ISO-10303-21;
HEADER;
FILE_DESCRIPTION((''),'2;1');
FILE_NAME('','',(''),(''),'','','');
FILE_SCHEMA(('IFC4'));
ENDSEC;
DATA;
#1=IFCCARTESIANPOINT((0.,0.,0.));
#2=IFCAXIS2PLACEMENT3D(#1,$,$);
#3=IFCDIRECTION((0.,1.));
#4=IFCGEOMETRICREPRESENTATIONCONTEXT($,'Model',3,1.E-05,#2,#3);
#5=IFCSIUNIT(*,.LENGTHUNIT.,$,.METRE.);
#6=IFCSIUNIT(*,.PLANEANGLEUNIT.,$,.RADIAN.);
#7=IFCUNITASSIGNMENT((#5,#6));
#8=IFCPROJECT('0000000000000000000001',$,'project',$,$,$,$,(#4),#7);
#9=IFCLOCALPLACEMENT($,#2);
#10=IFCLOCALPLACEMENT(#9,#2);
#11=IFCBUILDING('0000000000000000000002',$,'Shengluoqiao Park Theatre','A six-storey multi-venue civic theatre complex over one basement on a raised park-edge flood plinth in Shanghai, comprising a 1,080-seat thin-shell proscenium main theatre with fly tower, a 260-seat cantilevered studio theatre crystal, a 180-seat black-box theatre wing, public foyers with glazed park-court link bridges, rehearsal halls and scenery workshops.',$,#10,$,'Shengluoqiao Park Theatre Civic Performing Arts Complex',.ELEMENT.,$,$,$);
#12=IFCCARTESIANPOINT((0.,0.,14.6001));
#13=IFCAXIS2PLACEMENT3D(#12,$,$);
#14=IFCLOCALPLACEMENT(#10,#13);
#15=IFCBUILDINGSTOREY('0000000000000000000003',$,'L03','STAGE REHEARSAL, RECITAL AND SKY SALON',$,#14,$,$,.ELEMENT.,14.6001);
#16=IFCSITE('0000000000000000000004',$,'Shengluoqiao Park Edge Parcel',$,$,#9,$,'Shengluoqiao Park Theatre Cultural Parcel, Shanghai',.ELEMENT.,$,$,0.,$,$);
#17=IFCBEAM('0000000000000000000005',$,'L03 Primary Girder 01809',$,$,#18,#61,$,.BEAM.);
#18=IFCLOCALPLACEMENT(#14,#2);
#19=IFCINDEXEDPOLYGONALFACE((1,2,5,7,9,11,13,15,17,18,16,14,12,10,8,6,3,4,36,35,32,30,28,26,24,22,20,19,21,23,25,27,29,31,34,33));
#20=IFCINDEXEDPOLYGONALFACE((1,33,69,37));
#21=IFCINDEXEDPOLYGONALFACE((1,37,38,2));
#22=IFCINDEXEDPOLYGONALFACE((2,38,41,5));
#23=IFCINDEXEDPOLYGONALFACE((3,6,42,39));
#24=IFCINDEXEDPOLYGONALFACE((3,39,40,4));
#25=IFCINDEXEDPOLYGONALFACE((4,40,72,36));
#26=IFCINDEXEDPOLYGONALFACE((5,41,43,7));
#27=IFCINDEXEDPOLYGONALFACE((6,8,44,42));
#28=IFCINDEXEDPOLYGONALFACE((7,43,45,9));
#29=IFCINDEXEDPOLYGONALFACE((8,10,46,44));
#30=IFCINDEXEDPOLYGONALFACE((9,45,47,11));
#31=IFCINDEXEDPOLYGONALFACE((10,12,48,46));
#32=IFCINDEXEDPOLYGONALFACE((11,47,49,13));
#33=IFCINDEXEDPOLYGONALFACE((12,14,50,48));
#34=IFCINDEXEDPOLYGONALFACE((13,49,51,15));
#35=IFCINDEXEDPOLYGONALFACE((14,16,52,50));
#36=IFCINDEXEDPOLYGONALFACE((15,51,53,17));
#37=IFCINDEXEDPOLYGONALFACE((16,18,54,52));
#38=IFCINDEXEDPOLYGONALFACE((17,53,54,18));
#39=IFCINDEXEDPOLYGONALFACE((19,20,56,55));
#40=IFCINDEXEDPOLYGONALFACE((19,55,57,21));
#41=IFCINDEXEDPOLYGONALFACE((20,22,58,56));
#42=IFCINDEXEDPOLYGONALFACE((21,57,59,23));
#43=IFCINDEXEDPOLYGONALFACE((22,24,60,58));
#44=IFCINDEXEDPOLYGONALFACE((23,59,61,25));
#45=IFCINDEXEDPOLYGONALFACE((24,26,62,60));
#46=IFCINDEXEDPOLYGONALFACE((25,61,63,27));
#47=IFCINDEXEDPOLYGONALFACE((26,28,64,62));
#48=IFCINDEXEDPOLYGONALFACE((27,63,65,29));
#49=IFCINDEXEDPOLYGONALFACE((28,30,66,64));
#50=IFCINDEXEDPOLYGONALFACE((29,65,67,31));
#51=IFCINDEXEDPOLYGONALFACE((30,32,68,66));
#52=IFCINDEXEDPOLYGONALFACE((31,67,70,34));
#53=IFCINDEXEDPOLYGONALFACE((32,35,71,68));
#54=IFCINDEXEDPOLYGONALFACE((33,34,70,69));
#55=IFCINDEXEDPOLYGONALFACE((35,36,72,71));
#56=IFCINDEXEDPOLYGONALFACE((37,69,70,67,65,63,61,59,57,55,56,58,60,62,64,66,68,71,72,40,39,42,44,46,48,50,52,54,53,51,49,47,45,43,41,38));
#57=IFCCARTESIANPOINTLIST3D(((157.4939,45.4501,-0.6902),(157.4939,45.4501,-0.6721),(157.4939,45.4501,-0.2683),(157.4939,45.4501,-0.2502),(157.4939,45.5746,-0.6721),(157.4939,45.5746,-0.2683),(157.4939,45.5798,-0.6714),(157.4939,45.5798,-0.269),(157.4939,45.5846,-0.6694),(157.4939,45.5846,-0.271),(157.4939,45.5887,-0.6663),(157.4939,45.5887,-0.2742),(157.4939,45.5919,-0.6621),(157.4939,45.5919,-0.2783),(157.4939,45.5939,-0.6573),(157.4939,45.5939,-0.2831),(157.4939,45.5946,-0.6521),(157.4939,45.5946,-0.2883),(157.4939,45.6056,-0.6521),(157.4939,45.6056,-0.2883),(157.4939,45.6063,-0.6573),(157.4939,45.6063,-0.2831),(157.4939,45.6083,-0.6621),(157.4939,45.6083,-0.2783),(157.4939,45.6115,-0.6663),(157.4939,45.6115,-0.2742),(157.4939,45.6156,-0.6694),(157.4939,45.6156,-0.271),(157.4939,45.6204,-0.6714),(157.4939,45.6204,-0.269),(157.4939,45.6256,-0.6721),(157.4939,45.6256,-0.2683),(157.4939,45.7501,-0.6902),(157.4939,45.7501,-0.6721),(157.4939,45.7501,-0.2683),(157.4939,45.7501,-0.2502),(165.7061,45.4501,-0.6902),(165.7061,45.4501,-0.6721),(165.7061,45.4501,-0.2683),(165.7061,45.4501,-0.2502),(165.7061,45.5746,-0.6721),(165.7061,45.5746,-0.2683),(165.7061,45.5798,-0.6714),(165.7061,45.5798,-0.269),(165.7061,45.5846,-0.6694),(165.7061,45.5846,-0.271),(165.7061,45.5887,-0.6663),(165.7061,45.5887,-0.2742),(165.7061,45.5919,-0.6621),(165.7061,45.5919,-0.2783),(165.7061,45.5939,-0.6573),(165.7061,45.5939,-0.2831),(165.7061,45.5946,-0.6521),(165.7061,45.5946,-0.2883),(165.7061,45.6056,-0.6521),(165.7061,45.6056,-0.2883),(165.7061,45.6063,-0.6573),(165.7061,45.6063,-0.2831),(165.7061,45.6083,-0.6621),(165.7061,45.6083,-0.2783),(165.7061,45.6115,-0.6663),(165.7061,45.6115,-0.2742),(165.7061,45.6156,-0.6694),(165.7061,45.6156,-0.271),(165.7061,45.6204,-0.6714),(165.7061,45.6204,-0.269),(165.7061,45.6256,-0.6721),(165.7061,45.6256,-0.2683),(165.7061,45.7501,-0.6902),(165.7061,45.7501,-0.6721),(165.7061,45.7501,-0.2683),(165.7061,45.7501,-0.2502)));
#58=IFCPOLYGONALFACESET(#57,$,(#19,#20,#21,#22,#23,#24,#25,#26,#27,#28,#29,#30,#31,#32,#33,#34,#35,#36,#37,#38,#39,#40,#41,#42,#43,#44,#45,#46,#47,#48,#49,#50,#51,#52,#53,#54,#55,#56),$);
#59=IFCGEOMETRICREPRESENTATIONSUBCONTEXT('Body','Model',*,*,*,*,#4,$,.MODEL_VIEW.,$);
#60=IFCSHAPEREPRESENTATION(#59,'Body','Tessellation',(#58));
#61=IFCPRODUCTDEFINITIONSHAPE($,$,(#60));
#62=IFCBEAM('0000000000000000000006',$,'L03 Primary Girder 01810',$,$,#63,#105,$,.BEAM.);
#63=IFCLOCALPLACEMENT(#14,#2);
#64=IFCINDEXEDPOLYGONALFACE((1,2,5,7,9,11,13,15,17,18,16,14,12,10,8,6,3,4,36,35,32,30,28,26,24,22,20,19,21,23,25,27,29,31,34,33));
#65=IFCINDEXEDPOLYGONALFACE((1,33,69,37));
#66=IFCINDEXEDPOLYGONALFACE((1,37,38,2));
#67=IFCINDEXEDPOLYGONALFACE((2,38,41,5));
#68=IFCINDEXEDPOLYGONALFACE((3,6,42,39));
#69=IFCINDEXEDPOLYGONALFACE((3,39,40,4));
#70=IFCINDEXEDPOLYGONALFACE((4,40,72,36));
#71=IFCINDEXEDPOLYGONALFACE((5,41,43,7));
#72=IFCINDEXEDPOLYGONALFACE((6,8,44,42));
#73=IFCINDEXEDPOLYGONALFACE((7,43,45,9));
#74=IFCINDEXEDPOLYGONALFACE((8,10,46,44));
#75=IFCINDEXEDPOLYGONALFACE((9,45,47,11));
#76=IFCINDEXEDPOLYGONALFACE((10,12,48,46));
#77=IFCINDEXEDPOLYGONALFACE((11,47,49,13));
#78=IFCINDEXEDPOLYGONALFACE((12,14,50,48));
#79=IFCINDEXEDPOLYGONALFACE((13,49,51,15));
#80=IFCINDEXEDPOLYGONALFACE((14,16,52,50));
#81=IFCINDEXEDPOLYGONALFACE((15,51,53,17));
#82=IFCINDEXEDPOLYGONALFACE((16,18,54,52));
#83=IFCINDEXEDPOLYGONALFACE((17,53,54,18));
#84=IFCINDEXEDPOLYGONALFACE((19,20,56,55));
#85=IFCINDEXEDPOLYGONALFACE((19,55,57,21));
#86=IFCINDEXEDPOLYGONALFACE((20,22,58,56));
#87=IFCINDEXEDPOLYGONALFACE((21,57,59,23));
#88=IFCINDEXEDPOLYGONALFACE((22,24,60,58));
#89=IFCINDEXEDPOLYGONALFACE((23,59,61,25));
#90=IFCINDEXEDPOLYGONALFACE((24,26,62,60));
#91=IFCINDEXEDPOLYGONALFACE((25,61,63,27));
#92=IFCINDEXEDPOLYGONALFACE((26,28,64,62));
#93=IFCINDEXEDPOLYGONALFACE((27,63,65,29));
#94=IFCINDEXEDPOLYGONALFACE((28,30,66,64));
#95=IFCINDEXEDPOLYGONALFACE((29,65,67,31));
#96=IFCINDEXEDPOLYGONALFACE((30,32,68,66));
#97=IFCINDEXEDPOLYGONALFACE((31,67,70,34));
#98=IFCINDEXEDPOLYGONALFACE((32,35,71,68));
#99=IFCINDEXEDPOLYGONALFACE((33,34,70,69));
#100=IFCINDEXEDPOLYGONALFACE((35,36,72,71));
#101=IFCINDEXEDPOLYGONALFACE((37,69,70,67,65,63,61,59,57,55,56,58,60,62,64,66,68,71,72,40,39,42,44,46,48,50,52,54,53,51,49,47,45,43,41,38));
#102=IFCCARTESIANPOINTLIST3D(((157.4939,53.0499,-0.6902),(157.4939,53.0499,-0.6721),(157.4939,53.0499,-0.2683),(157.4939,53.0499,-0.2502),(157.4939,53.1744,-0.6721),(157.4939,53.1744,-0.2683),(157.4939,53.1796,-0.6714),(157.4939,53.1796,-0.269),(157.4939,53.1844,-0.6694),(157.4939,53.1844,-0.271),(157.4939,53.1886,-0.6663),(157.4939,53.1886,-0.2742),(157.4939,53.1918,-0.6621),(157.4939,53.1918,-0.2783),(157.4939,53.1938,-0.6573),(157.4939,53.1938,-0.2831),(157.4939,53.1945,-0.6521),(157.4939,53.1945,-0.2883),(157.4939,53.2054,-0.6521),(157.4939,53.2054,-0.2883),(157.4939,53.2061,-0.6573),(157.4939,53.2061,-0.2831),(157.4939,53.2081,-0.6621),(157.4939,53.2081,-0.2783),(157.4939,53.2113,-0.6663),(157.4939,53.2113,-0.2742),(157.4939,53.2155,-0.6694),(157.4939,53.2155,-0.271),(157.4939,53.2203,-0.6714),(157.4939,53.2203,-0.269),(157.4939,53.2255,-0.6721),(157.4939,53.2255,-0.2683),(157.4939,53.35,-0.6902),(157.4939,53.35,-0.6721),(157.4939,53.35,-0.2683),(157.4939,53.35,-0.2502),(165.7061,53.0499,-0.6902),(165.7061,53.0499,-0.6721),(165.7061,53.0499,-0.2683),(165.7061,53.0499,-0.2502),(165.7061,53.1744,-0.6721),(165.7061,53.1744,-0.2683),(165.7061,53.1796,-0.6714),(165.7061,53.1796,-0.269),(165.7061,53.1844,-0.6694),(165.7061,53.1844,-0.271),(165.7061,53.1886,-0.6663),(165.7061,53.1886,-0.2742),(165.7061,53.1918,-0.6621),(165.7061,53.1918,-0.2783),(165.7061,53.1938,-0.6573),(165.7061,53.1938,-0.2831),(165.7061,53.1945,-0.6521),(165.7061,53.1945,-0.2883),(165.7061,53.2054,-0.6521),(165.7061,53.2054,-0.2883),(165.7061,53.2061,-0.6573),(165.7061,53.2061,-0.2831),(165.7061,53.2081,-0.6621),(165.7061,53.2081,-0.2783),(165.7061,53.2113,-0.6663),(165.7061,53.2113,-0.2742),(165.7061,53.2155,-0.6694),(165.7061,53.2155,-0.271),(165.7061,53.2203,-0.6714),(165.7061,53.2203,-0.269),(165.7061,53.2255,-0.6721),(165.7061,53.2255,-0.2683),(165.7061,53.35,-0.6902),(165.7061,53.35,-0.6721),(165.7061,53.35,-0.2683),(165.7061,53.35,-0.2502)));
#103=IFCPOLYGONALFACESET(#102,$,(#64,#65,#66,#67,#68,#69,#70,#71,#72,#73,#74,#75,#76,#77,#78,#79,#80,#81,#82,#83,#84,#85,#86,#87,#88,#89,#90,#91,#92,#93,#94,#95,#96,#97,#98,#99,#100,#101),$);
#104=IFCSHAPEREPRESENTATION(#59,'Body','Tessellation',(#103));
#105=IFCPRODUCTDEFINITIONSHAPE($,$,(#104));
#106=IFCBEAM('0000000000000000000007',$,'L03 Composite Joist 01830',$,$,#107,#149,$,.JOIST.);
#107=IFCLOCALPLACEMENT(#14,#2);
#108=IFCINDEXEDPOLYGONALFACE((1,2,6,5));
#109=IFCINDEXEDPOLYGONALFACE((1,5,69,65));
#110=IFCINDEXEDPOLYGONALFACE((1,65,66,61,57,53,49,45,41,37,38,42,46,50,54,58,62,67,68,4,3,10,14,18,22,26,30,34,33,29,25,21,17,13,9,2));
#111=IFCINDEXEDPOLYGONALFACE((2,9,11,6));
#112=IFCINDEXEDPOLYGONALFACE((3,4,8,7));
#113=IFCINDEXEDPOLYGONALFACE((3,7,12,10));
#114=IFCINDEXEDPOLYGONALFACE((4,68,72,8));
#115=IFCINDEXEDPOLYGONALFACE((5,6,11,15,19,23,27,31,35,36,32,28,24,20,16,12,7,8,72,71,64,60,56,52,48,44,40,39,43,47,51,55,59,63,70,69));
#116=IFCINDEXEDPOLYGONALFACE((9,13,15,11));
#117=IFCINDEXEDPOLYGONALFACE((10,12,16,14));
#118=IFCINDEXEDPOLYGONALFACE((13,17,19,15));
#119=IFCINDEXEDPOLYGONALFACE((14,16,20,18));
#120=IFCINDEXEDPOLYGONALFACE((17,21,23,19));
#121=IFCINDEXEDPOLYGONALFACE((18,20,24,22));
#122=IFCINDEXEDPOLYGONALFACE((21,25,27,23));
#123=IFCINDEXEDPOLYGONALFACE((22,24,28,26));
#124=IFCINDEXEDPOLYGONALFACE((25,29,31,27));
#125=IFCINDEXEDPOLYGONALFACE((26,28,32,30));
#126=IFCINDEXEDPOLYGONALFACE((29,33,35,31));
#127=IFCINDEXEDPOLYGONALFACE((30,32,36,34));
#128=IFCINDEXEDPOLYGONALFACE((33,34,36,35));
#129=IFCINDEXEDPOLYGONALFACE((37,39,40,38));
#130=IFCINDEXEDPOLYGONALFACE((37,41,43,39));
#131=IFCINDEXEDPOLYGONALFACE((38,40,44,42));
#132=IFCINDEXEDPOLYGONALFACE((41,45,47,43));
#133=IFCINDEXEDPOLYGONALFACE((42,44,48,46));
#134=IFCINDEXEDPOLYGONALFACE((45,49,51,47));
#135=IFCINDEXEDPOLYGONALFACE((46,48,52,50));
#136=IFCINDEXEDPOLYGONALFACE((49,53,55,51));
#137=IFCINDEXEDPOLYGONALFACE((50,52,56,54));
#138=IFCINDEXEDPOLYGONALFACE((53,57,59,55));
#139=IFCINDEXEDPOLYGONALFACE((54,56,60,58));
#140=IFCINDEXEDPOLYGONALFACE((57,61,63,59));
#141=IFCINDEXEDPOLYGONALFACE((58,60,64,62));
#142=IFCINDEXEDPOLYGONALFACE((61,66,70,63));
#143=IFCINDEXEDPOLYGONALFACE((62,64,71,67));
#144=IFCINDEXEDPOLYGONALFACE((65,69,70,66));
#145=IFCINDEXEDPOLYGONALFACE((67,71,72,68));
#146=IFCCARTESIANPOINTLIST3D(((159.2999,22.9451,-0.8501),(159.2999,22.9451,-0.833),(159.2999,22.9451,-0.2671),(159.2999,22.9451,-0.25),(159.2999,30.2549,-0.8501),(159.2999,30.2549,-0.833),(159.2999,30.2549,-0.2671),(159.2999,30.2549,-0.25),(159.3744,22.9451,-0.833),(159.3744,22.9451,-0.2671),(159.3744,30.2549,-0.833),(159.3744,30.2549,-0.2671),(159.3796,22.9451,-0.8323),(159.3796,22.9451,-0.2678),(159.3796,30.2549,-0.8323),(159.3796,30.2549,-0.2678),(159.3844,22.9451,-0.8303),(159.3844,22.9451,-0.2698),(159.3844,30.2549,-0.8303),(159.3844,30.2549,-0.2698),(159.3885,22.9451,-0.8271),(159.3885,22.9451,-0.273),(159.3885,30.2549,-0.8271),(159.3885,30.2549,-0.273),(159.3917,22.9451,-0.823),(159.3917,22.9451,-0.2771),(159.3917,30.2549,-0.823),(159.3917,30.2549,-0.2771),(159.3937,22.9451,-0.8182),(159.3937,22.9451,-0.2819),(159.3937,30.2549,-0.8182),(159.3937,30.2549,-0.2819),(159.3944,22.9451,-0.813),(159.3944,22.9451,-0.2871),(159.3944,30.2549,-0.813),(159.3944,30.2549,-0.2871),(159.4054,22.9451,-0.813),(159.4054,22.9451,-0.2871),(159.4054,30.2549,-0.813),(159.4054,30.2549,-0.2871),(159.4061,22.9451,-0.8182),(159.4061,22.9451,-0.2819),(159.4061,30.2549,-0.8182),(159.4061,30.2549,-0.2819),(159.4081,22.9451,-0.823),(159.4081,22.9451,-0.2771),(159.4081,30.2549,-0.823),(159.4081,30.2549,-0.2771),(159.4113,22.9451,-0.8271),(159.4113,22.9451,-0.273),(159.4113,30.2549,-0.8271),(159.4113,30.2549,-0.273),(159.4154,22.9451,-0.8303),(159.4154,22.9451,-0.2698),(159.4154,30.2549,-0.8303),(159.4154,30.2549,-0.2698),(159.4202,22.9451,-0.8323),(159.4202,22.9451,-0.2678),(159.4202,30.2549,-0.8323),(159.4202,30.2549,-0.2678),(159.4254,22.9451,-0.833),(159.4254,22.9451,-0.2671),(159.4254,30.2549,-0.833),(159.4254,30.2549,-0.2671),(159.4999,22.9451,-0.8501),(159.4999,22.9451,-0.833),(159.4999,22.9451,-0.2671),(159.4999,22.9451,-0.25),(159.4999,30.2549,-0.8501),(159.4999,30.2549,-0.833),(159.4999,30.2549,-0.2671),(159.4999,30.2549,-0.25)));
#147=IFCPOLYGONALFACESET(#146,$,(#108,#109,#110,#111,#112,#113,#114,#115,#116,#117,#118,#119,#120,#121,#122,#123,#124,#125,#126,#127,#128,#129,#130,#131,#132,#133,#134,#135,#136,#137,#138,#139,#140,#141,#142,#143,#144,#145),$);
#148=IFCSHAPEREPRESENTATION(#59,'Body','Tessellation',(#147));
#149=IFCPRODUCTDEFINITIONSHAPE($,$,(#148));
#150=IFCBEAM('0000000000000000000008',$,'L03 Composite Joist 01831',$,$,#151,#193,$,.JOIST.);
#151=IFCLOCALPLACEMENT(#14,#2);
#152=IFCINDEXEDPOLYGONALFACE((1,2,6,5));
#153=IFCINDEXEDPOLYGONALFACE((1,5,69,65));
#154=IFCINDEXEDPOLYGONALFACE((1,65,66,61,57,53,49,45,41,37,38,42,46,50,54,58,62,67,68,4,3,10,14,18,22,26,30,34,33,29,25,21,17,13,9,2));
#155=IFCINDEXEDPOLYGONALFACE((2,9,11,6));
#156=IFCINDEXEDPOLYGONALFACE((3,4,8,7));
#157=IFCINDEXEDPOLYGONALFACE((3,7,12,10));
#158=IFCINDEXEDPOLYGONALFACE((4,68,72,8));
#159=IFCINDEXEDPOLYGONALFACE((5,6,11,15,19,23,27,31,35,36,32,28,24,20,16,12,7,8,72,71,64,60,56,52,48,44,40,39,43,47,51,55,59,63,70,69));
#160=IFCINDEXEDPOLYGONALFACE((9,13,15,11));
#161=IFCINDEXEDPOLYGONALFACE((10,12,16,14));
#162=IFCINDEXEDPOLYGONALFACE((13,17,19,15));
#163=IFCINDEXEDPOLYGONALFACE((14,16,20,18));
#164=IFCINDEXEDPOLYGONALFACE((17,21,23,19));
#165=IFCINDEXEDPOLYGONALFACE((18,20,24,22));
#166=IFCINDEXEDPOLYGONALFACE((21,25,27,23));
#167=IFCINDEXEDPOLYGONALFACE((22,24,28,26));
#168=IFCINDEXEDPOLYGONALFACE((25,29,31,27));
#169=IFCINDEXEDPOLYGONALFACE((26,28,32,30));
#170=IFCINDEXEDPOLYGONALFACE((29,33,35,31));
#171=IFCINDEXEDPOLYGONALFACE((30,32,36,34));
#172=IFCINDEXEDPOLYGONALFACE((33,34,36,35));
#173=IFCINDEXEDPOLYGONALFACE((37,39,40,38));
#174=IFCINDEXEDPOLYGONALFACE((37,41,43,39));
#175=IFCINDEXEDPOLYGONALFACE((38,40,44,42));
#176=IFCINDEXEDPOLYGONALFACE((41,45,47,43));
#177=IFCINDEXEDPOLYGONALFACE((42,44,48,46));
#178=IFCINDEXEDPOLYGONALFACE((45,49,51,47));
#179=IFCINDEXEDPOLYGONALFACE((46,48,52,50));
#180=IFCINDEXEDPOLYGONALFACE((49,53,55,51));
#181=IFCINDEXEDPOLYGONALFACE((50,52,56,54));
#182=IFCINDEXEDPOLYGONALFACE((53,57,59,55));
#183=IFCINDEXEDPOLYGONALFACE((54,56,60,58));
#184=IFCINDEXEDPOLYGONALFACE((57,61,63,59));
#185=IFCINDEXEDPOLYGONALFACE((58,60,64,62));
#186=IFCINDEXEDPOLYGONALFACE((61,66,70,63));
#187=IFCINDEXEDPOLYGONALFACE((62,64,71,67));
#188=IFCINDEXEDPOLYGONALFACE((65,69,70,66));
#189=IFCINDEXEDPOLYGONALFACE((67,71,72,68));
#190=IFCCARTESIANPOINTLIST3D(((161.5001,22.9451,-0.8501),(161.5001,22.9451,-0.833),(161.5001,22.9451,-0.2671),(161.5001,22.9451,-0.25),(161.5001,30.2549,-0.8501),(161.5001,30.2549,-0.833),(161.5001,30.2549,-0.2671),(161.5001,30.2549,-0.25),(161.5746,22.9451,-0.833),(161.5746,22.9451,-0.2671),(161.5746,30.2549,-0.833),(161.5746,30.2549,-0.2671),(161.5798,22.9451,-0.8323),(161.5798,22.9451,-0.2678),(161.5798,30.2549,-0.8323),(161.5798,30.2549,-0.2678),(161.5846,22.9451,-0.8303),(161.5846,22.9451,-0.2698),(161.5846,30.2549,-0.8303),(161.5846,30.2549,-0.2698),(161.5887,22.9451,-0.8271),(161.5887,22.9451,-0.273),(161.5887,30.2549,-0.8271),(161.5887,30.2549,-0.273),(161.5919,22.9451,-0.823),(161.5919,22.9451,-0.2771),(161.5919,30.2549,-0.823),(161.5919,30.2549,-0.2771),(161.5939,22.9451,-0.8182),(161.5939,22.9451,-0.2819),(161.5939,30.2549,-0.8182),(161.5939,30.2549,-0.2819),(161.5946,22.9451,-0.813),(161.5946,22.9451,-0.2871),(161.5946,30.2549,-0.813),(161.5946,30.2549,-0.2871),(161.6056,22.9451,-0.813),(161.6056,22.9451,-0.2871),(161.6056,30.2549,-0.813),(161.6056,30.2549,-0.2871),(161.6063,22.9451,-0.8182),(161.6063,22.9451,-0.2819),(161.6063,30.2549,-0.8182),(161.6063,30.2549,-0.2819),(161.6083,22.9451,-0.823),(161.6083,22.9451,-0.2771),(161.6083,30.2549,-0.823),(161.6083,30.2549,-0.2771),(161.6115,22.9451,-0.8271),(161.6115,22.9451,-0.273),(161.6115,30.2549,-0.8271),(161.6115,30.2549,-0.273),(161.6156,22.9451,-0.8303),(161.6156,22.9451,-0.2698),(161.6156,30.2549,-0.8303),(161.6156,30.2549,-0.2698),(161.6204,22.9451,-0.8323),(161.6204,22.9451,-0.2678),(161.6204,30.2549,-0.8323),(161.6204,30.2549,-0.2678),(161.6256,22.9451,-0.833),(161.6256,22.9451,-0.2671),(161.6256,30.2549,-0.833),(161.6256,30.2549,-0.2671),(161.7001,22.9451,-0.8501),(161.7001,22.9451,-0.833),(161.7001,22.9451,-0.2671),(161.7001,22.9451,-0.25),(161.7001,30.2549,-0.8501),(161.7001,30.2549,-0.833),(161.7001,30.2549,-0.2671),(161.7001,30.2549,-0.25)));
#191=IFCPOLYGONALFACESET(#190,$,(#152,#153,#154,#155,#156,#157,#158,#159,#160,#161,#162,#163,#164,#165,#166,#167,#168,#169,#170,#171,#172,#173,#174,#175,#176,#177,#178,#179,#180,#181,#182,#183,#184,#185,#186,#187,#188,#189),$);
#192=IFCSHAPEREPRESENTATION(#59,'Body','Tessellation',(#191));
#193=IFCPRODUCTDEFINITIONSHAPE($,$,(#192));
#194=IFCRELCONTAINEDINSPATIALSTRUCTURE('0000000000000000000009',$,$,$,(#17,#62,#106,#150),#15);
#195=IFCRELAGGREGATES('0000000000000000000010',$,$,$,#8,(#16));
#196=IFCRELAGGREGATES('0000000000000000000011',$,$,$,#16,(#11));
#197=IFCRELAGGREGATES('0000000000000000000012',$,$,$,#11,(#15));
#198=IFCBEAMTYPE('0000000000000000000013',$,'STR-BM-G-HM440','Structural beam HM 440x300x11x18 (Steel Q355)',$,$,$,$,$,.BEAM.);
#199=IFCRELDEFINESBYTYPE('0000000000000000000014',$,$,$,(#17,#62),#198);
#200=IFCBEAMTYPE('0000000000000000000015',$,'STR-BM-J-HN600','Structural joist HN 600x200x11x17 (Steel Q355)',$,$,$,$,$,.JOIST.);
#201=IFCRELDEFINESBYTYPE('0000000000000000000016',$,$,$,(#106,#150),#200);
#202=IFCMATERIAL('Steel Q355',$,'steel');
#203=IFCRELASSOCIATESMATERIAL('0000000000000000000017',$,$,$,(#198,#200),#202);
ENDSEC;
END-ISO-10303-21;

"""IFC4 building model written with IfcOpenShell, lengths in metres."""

from ifc_helpers import new_model, si_unit, direction, frame, origin, origin_2d, place, context, subcontext, project, spatial, i_section, extrude, material, material_profile, profile_set, type_object, element, save


model = new_model("IFC4")

# Units and contexts
model_context = context("Model", 3, precision=1e-05, world=origin(), true_north=direction((0.0, 1.0)))
body_context = subcontext(model_context, "Body", "Model", "MODEL_VIEW")
ifc_project = project(units=[si_unit("LENGTHUNIT", "METRE"), si_unit("PLANEANGLEUNIT", "RADIAN")], contexts=[model_context])

# Site, building, storey
site_placement = place(None, origin())
site = spatial("IfcSite", under=ifc_project, at=site_placement, Name="Shengluoqiao Park Edge Parcel", LongName="Shengluoqiao Park Theatre Cultural Parcel, Shanghai", CompositionType="ELEMENT", RefElevation=0.0)
building_placement = place(site_placement, origin())
building = spatial("IfcBuilding", under=site, at=building_placement, Name="Shengluoqiao Park Theatre", Description="A six-storey multi-venue civic theatre complex over one basement on a raised park-edge flood plinth in Shanghai, comprising a 1,080-seat thin-shell proscenium main theatre with fly tower, a 260-seat cantilevered studio theatre crystal, a 180-seat black-box theatre wing, public foyers with glazed park-court link bridges, rehearsal halls and scenery workshops.", LongName="Shengluoqiao Park Theatre Civic Performing Arts Complex", CompositionType="ELEMENT")
storey_placement = place(building_placement, frame((0.0, 0.0, 14.6001)))
storey = spatial("IfcBuildingStorey", under=building, at=storey_placement, Name="L03", Description="STAGE REHEARSAL, RECITAL AND SKY SALON", CompositionType="ELEMENT", Elevation=14.6001)

# Beams
ifc_material_1 = material(Name="Steel Q355", Category="steel")
ifc_material_profile_1 = material_profile(ifc_material_1, i_section(OverallWidth=0.3, OverallDepth=0.4399, WebThickness=0.011, FlangeThickness=0.0181, FilletRadius=0.02, at=origin_2d()), Name="HM 440x300x11x18")
ifc_profile_set_1 = profile_set([ifc_material_profile_1], Name="Steel Q355")
beam_type_1 = type_object("IfcBeamType", Name="STR-BM-G-HM440", Description="Structural beam HM 440x300x11x18 (Steel Q355)", PredefinedType="BEAM", material=ifc_profile_set_1)
for number, where, z_axis, x_axis, name in (
    (1, (157.4939, 45.6001, -0.4702), (1.0, 0.0, 0.0), (0.0, 1.0, 0.0), "L03 Primary Girder 01809"),
    (2, (157.4939, 53.2, -0.4702), (1.0, 0.0, 0.0), (0.0, 1.0, 0.0), "L03 Primary Girder 01810"),
):
    element("IfcBeam", number, at=place(storey_placement, frame(where, z_axis=z_axis, x_axis=x_axis)), inside=storey, type_object=beam_type_1, Name=name, PredefinedType="BEAM", context=body_context, shape_type="SweptSolid", body=[
        extrude(i_section(OverallWidth=0.3, OverallDepth=0.4399, WebThickness=0.011, FlangeThickness=0.0181, FilletRadius=0.02, at=origin_2d()), origin(), (0.0, 0.0, 1.0), 8.2122),
    ])
ifc_material_profile_2 = material_profile(ifc_material_1, i_section(OverallWidth=0.2, OverallDepth=0.6001, WebThickness=0.011, FlangeThickness=0.0171, FilletRadius=0.02, at=origin_2d()), Name="HN 600x200x11x17")
ifc_profile_set_2 = profile_set([ifc_material_profile_2], Name="Steel Q355")
beam_type_2 = type_object("IfcBeamType", Name="STR-BM-J-HN600", Description="Structural joist HN 600x200x11x17 (Steel Q355)", PredefinedType="JOIST", material=ifc_profile_set_2)
for number, where, z_axis, x_axis, name in (
    (3, (159.3999, 22.9451, -0.55), (0.0, 1.0, 0.0), (-1.0, 0.0, 0.0), "L03 Composite Joist 01830"),
    (4, (161.6001, 22.9451, -0.55), (0.0, 1.0, 0.0), (-1.0, 0.0, 0.0), "L03 Composite Joist 01831"),
):
    element("IfcBeam", number, at=place(storey_placement, frame(where, z_axis=z_axis, x_axis=x_axis)), inside=storey, type_object=beam_type_2, Name=name, PredefinedType="JOIST", context=body_context, shape_type="SweptSolid", body=[
        extrude(i_section(OverallWidth=0.2, OverallDepth=0.6001, WebThickness=0.011, FlangeThickness=0.0171, FilletRadius=0.02, at=origin_2d()), origin(), (0.0, 0.0, 1.0), 7.3098),
    ])

save(model, "model.ifc")
